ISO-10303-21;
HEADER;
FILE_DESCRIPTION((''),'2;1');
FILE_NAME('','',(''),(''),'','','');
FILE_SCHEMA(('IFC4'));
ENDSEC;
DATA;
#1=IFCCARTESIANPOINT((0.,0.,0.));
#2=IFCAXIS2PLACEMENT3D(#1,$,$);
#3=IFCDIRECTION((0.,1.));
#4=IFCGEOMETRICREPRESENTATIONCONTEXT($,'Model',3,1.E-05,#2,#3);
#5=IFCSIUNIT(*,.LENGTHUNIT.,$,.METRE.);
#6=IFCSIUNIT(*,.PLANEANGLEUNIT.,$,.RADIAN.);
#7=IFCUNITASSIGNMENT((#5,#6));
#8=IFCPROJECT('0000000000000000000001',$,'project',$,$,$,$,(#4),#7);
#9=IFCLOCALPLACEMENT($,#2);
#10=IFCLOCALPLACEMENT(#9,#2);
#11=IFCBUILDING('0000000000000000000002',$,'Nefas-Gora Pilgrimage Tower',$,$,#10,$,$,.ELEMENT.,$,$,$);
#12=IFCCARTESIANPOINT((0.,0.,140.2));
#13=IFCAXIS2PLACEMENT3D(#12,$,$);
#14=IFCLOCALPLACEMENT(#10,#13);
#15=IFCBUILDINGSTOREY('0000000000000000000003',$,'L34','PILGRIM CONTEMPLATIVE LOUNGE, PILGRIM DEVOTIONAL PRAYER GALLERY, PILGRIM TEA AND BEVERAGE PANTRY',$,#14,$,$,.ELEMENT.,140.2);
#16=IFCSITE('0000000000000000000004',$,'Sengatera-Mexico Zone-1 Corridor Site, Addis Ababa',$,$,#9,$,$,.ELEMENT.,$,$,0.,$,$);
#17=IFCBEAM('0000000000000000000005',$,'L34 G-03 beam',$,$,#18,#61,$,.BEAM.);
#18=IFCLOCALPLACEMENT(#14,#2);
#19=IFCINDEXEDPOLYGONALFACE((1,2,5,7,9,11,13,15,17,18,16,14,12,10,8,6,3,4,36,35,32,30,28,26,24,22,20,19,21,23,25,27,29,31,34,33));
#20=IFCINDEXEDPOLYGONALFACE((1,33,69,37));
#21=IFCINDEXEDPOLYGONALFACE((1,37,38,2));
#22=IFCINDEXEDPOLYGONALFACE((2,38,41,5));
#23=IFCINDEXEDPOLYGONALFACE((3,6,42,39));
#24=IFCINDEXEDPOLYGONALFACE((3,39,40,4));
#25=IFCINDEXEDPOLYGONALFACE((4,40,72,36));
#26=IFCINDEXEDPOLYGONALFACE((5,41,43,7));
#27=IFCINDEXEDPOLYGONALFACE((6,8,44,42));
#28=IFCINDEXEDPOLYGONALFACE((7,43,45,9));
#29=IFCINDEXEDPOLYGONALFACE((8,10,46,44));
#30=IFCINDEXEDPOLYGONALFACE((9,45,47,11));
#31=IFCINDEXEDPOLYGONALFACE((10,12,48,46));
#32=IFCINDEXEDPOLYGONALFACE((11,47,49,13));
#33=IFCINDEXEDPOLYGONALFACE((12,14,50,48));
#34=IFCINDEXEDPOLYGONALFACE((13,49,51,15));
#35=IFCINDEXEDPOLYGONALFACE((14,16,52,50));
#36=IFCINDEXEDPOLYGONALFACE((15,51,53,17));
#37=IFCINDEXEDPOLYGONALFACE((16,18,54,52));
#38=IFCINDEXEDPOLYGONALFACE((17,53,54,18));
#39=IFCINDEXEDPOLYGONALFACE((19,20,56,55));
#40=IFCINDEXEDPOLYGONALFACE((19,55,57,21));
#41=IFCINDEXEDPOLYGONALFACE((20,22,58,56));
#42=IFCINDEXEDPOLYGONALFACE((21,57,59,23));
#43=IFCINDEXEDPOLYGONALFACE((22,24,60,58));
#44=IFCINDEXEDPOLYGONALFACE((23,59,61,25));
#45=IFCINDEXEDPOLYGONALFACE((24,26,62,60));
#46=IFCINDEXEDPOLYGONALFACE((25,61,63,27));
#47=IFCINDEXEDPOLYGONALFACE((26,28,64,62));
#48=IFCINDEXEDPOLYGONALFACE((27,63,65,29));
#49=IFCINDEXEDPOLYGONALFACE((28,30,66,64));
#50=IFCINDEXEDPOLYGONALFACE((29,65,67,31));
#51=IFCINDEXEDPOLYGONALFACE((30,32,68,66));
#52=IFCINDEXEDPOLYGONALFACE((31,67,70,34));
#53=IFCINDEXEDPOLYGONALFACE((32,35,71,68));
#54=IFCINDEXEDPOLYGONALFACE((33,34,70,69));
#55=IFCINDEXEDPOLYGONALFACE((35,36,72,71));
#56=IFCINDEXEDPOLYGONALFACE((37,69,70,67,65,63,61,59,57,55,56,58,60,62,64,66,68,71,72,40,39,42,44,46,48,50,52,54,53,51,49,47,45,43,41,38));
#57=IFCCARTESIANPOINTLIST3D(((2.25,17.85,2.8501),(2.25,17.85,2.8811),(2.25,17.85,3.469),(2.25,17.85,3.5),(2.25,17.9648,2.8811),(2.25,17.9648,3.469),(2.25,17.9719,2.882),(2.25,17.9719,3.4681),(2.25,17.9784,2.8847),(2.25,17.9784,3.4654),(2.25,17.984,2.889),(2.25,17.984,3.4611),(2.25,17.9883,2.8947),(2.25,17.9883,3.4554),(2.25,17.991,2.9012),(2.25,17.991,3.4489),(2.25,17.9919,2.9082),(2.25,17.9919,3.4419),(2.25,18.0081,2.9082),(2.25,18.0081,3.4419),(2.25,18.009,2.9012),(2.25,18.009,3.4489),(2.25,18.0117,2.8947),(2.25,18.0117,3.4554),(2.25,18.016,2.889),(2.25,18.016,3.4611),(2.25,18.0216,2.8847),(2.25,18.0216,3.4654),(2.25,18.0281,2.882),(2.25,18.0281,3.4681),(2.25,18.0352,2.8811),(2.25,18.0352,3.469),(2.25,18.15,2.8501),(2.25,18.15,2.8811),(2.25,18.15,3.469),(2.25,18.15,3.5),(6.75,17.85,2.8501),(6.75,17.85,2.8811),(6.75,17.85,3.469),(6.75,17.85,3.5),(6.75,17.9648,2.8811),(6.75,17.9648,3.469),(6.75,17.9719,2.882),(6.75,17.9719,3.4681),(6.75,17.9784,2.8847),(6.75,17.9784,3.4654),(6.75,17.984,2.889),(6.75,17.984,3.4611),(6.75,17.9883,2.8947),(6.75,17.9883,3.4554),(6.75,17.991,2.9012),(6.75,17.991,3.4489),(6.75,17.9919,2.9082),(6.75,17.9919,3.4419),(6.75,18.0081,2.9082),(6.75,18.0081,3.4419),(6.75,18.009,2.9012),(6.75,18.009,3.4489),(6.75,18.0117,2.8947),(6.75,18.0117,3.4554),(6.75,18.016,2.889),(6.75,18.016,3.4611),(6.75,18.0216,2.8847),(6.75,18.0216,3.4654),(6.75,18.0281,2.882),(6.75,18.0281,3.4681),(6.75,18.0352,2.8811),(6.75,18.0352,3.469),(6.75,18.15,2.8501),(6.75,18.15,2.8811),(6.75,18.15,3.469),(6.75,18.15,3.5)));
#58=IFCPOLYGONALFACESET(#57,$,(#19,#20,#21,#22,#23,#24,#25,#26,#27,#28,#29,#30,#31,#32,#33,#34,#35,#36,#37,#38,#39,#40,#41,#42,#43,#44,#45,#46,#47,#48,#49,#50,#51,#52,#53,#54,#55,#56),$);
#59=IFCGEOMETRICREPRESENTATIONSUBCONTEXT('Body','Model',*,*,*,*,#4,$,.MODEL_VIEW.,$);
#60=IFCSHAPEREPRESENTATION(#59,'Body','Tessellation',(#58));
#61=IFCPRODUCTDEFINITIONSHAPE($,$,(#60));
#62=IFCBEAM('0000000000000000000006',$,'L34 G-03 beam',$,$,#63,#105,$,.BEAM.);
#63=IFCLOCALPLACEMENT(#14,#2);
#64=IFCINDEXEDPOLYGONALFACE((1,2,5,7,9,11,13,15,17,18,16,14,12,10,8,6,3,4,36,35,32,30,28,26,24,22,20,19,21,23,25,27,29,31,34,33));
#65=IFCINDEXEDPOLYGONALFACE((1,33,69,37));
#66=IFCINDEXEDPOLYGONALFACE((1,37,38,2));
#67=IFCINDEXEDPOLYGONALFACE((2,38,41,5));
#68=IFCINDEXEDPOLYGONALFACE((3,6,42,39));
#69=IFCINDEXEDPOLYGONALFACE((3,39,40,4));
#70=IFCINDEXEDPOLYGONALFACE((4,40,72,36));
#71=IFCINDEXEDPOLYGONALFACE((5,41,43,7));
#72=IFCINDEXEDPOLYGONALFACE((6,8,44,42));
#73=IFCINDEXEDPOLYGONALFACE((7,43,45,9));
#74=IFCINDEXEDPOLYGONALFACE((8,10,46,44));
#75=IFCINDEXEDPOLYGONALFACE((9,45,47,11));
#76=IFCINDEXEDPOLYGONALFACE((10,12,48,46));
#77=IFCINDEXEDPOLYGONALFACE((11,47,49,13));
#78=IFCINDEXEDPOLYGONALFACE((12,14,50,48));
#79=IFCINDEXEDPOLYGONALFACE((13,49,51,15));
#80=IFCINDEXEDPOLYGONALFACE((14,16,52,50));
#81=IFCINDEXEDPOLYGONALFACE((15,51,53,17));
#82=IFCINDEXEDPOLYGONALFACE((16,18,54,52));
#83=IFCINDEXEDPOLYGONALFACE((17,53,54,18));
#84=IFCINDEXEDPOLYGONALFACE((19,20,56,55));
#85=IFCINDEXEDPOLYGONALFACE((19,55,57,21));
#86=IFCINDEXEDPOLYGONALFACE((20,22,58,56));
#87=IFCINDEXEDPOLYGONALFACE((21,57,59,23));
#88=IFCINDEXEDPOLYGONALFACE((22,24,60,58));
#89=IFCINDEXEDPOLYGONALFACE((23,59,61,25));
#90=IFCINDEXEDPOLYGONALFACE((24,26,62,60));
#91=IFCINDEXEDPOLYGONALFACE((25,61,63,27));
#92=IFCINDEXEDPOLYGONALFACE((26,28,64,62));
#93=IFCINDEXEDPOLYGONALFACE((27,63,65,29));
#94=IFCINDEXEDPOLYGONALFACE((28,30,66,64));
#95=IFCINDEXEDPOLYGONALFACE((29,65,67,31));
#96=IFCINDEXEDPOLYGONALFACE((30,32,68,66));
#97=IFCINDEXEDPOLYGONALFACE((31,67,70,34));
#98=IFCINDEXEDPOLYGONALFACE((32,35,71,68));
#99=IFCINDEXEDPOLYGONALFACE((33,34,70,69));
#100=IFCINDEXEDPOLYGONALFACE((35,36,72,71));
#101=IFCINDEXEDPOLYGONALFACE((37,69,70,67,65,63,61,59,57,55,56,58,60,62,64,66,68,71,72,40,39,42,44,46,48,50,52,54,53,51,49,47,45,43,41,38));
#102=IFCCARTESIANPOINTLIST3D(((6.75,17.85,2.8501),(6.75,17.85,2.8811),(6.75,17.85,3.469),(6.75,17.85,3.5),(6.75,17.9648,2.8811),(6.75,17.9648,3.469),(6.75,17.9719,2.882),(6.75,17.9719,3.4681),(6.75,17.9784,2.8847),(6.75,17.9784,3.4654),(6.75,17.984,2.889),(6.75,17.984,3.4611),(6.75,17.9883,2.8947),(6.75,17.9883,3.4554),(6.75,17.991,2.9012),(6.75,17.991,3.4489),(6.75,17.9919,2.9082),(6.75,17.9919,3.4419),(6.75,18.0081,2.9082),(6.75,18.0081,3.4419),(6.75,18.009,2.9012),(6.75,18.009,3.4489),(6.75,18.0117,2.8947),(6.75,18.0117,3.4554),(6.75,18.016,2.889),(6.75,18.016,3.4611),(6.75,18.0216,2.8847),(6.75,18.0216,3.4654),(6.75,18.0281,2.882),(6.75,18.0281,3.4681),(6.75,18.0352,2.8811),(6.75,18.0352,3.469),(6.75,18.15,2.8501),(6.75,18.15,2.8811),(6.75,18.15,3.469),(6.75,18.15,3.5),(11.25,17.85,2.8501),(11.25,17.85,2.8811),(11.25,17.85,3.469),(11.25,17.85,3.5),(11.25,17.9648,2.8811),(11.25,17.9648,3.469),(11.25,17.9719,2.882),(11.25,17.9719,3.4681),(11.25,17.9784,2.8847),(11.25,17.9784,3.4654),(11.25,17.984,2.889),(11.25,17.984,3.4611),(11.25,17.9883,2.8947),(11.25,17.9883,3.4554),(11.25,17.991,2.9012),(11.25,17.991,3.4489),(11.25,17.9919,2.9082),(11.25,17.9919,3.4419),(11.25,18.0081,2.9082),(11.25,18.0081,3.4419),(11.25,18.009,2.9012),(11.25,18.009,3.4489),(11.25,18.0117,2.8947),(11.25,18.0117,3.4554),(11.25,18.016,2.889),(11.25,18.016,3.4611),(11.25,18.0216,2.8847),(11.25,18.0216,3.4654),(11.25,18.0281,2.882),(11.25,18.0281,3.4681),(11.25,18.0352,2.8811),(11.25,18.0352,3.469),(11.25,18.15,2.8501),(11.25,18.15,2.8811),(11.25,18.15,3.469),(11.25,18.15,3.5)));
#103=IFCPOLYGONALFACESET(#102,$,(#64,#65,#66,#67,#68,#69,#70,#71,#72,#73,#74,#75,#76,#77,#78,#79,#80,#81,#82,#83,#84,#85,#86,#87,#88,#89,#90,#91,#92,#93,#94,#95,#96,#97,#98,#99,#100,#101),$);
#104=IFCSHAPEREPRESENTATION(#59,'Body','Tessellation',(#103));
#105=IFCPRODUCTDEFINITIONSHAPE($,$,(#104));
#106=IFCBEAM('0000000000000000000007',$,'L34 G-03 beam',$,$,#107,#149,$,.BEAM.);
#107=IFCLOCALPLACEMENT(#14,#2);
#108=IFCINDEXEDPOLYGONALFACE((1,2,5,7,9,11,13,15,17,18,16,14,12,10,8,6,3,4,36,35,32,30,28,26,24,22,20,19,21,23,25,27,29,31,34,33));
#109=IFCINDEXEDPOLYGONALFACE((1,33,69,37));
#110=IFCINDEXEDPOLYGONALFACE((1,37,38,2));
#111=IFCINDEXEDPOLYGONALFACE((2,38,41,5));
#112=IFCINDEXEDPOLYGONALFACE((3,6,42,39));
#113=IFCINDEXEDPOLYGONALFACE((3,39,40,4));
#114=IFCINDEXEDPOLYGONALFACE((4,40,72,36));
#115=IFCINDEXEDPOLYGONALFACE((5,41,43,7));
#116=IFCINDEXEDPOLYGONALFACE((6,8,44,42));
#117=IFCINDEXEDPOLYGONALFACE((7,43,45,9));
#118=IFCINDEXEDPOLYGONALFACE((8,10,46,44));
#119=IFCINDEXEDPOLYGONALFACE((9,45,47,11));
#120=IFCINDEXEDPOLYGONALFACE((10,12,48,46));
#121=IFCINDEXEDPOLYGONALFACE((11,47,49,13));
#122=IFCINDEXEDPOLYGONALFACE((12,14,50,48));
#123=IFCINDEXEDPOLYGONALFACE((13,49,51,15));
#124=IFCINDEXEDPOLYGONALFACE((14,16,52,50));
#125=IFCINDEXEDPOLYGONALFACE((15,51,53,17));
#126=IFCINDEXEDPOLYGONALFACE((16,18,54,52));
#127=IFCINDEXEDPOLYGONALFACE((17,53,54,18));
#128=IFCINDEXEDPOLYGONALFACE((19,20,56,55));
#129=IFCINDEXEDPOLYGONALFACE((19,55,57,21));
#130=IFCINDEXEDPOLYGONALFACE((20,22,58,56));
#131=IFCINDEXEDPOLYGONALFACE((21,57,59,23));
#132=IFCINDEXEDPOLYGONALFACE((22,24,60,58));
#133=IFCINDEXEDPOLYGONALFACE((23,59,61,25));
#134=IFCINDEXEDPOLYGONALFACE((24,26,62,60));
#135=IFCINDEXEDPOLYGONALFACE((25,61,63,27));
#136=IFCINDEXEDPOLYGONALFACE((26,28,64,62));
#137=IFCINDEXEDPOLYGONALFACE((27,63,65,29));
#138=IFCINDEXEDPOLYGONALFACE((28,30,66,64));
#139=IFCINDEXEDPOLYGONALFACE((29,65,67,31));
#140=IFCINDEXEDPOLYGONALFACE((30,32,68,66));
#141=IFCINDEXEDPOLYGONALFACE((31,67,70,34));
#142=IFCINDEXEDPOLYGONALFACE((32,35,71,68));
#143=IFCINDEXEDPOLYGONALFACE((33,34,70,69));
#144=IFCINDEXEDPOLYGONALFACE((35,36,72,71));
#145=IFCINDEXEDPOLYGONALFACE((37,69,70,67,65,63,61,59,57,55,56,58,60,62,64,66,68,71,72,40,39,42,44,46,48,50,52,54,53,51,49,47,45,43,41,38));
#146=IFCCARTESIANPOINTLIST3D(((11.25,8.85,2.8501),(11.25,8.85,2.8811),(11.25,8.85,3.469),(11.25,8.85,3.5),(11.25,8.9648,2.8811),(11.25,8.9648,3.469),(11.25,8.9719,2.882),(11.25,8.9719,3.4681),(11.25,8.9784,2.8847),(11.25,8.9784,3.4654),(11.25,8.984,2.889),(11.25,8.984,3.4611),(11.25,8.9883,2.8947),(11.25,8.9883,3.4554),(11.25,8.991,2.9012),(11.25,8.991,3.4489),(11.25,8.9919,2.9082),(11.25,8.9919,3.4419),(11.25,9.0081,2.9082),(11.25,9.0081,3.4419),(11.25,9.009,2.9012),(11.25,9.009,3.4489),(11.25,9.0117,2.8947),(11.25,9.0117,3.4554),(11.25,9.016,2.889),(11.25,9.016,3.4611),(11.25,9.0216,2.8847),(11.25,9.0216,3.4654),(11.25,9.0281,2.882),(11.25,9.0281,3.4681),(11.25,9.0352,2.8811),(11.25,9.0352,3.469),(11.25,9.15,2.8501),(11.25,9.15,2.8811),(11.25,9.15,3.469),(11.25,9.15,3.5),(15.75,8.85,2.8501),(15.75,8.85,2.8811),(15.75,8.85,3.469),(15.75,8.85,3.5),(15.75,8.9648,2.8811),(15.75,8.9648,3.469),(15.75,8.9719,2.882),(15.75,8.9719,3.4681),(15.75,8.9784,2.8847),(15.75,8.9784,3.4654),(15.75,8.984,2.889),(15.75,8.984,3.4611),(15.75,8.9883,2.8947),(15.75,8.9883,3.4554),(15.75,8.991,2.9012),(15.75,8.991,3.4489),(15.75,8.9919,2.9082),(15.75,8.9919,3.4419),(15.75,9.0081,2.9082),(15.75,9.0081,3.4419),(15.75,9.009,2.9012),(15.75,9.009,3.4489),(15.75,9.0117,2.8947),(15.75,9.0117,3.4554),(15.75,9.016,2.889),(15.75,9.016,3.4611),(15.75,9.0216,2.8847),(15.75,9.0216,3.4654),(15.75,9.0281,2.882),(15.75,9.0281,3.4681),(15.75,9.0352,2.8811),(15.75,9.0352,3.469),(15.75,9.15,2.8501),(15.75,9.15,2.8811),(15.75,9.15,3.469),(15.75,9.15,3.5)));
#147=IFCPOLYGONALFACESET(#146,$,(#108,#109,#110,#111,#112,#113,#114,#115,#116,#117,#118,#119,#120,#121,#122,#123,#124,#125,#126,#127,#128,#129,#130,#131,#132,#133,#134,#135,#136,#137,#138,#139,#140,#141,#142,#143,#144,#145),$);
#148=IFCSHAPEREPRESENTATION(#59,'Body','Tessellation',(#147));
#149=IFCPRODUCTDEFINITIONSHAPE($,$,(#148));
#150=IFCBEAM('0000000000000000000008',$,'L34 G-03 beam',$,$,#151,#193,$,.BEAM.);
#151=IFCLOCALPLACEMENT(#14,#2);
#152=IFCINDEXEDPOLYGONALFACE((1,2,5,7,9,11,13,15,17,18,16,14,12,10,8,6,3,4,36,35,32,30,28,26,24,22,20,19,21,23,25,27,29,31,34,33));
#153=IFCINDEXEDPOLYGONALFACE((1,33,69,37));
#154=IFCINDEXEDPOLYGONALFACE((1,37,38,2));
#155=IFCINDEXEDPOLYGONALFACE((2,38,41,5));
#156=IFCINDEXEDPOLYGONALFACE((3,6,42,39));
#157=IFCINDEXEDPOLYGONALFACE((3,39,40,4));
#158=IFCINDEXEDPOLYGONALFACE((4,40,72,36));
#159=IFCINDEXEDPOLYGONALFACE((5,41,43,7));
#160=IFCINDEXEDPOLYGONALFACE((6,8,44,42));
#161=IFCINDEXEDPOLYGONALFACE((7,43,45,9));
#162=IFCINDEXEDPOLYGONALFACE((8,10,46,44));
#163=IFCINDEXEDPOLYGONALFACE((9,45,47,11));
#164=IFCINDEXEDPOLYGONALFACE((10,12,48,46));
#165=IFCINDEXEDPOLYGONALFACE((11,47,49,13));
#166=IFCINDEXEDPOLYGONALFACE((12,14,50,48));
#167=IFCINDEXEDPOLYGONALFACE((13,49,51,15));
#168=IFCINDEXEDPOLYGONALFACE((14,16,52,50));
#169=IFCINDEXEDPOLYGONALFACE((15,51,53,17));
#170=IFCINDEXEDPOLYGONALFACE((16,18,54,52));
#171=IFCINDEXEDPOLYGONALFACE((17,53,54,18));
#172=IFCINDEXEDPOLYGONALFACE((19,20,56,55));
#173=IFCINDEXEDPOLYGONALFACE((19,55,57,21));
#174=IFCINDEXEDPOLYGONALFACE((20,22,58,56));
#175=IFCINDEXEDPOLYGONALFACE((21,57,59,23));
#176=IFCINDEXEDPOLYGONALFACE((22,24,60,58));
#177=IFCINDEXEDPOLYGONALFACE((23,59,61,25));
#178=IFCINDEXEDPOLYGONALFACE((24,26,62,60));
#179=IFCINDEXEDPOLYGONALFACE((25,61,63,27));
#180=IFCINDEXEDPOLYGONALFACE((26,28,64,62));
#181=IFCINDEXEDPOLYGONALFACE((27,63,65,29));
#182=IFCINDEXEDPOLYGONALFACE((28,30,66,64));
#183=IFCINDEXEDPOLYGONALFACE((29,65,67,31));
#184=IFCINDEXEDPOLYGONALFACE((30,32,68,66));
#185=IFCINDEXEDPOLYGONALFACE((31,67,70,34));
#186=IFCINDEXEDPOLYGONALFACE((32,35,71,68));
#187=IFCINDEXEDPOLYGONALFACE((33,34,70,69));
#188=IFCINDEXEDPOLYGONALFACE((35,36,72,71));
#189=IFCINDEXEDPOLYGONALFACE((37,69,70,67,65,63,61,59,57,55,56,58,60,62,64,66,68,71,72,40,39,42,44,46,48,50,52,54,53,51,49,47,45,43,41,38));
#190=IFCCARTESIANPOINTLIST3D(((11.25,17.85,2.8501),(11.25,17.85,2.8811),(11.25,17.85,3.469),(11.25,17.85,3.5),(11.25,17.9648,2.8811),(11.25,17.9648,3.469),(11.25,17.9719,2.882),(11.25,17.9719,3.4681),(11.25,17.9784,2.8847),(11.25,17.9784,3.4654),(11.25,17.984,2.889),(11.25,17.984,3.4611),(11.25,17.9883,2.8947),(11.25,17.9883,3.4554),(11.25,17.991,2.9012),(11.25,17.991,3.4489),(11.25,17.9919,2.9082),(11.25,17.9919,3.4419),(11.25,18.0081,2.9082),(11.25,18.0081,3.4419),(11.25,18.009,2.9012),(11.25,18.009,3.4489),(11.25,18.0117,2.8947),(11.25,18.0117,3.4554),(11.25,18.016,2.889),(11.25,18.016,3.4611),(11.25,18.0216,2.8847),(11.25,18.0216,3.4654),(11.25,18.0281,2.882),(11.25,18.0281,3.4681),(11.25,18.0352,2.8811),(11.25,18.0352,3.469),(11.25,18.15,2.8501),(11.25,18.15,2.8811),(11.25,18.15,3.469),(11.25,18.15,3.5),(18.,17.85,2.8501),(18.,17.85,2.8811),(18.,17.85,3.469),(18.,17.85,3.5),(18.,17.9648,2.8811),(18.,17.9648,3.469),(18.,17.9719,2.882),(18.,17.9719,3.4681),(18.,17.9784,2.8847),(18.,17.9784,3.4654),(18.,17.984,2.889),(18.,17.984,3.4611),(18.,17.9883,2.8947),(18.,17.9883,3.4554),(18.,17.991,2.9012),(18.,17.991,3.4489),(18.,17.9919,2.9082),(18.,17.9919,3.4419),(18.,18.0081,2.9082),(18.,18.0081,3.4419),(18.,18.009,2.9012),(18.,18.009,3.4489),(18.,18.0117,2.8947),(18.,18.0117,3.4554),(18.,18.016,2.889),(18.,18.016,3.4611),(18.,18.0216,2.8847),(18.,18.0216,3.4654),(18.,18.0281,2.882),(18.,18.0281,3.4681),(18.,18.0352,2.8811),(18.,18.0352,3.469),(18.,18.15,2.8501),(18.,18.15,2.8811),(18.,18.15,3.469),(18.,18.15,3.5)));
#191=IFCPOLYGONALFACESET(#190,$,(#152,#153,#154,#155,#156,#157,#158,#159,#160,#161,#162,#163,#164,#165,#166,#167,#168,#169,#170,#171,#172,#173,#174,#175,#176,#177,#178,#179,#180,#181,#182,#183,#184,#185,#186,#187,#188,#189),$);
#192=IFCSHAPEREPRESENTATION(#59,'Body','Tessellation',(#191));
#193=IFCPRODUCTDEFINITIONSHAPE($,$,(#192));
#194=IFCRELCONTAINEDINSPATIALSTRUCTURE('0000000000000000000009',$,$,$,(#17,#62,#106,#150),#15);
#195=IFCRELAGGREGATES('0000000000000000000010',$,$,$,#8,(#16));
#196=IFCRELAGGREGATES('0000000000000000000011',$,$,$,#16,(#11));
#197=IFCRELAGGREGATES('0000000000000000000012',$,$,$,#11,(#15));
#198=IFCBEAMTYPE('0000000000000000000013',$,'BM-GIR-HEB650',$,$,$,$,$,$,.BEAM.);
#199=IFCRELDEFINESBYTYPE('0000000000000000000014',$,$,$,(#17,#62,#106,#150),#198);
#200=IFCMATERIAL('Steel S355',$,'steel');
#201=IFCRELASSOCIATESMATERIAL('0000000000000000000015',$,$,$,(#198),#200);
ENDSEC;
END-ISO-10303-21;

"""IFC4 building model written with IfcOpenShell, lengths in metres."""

from ifc_helpers import new_model, si_unit, direction, frame, origin, origin_2d, place, context, subcontext, project, spatial, i_section, extrude, source, transform, mapped, material, material_profile, profile_set, type_object, element, save


model = new_model("IFC4")

# Units and contexts
model_context = context("Model", 3, precision=1e-05, world=origin(), true_north=direction((0.0, 1.0)))
body_context = subcontext(model_context, "Body", "Model", "MODEL_VIEW")
ifc_project = project(units=[si_unit("LENGTHUNIT", "METRE"), si_unit("PLANEANGLEUNIT", "RADIAN")], contexts=[model_context])

# Site, building, storey
site_placement = place(None, origin())
site = spatial("IfcSite", under=ifc_project, at=site_placement, Name="Sengatera-Mexico Zone-1 Corridor Site, Addis Ababa", CompositionType="ELEMENT", RefElevation=0.0)
building_placement = place(site_placement, origin())
building = spatial("IfcBuilding", under=site, at=building_placement, Name="Nefas-Gora Pilgrimage Tower", CompositionType="ELEMENT")
storey_placement = place(building_placement, frame((0.0, 0.0, 140.2)))
storey = spatial("IfcBuildingStorey", under=building, at=storey_placement, Name="L34", Description="PILGRIM CONTEMPLATIVE LOUNGE, PILGRIM DEVOTIONAL PRAYER GALLERY, PILGRIM TEA AND BEVERAGE PANTRY", CompositionType="ELEMENT", Elevation=140.2)

# Beams
ifc_material_1 = material(Name="Steel S355", Category="steel")
ifc_material_profile_1 = material_profile(ifc_material_1, i_section(OverallWidth=0.3, OverallDepth=0.6499, WebThickness=0.0161, FlangeThickness=0.031, FilletRadius=0.0271, at=origin_2d()), Name="HEB 650")
ifc_profile_set_1 = profile_set([ifc_material_profile_1], Name="Steel S355")
beam_type_1 = type_object("IfcBeamType", Name="BM-GIR-HEB650", PredefinedType="BEAM", material=ifc_profile_set_1)
shared_shape_1 = source(origin(), body_context, "Body", "SweptSolid", [
    extrude(i_section(OverallWidth=0.3, OverallDepth=0.6499, WebThickness=0.0161, FlangeThickness=0.031, FilletRadius=0.0271, at=origin_2d()), origin(), (0.0, 0.0, 1.0), 4.5),
])
for number, where, z_axis, x_axis, name in (
    (1, (2.25, 18.0, 3.175), (1.0, 0.0, 0.0), (0.0, 1.0, 0.0), "L34 G-03 beam"),
    (2, (6.75, 18.0, 3.175), (1.0, 0.0, 0.0), (0.0, 1.0, 0.0), "L34 G-03 beam"),
    (3, (11.25, 9.0, 3.175), (1.0, 0.0, 0.0), (0.0, 1.0, 0.0), "L34 G-03 beam"),
):
    element("IfcBeam", number, at=place(storey_placement, frame(where, z_axis=z_axis, x_axis=x_axis)), inside=storey, type_object=beam_type_1, Name=name, PredefinedType="BEAM", context=body_context, shape_type="MappedRepresentation", body=[
        mapped(shared_shape_1, transform((0.0, 0.0, 0.0), x_axis=(1.0, 0.0, 0.0), y_axis=(0.0, 1.0, 0.0), z_axis=(0.0, 0.0, 1.0), scale=1.0)),
    ])
shared_shape_2 = source(origin(), body_context, "Body", "SweptSolid", [
    extrude(i_section(OverallWidth=0.3, OverallDepth=0.6499, WebThickness=0.0161, FlangeThickness=0.031, FilletRadius=0.0271, at=origin_2d()), origin(), (0.0, 0.0, 1.0), 6.75),
])
beam_1_placement = place(storey_placement, frame((11.25, 18.0, 3.175), z_axis=(1.0, 0.0, 0.0), x_axis=(0.0, 1.0, 0.0)))
element("IfcBeam", 4, at=beam_1_placement, inside=storey, type_object=beam_type_1, Name="L34 G-03 beam", PredefinedType="BEAM", context=body_context, shape_type="MappedRepresentation", body=[
    mapped(shared_shape_2, transform((0.0, 0.0, 0.0), x_axis=(1.0, 0.0, 0.0), y_axis=(0.0, 1.0, 0.0), z_axis=(0.0, 0.0, 1.0), scale=1.0)),
])

save(model, "model.ifc")
